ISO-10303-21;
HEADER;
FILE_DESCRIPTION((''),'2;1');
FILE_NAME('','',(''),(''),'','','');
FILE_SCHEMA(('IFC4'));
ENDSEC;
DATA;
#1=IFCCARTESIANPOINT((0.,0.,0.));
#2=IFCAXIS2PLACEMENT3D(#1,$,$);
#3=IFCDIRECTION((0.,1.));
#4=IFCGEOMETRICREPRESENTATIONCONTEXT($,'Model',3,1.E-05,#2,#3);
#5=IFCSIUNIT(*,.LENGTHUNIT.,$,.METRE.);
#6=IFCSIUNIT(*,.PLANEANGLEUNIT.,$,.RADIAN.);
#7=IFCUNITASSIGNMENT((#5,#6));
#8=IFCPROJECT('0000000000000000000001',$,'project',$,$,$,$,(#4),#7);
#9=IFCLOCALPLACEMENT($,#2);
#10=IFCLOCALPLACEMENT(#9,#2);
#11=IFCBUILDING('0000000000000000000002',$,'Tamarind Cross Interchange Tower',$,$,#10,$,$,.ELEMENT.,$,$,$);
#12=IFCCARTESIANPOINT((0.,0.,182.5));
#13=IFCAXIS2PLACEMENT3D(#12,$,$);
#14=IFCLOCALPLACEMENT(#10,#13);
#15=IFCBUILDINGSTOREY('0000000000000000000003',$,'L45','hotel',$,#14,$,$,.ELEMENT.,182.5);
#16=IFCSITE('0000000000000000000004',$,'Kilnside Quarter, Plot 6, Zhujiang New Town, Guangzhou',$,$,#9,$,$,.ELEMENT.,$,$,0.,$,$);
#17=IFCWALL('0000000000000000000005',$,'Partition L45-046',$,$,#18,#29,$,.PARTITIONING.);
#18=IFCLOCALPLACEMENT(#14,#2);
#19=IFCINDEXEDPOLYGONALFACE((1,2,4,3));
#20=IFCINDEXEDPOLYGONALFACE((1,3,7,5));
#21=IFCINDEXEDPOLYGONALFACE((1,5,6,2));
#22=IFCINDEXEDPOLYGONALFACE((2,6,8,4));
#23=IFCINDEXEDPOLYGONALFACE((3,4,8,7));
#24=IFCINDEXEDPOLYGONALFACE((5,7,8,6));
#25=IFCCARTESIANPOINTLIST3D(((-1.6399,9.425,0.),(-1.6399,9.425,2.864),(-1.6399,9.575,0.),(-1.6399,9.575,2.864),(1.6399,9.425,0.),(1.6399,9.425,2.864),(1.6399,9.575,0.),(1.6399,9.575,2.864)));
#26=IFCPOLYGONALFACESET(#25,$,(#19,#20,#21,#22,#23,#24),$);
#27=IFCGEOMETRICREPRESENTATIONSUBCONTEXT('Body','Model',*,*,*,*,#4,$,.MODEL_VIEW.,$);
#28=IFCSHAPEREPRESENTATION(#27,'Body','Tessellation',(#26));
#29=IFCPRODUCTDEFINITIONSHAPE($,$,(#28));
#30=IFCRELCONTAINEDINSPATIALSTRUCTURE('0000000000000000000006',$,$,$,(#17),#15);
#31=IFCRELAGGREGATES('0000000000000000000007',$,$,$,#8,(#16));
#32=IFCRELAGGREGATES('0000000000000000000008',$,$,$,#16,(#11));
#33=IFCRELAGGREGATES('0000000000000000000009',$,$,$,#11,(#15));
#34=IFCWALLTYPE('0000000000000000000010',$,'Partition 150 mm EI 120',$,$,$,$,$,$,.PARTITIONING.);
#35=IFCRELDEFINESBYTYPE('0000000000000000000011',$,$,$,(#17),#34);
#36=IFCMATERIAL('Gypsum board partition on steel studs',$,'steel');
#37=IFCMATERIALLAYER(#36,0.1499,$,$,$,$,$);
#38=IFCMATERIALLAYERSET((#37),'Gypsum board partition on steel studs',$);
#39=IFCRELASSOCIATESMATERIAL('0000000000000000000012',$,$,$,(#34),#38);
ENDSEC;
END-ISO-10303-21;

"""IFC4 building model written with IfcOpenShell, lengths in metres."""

from ifc_helpers import new_model, si_unit, direction, frame, frame_2d, origin, place, context, subcontext, project, spatial, rectangle, extrude, material, layer, layer_set, type_object, element, save


model = new_model("IFC4")

# Units and contexts
model_context = context("Model", 3, precision=1e-05, world=origin(), true_north=direction((0.0, 1.0)))
body_context = subcontext(model_context, "Body", "Model", "MODEL_VIEW")
ifc_project = project(units=[si_unit("LENGTHUNIT", "METRE"), si_unit("PLANEANGLEUNIT", "RADIAN")], contexts=[model_context])

# Site, building, storey
site_placement = place(None, origin())
site = spatial("IfcSite", under=ifc_project, at=site_placement, Name="Kilnside Quarter, Plot 6, Zhujiang New Town, Guangzhou", CompositionType="ELEMENT", RefElevation=0.0)
building_placement = place(site_placement, origin())
building = spatial("IfcBuilding", under=site, at=building_placement, Name="Tamarind Cross Interchange Tower", CompositionType="ELEMENT")
storey_placement = place(building_placement, frame((0.0, 0.0, 182.5)))
storey = spatial("IfcBuildingStorey", under=building, at=storey_placement, Name="L45", Description="hotel", CompositionType="ELEMENT", Elevation=182.5)

# Wall
ifc_material_1 = material(Name="Gypsum board partition on steel studs", Category="steel")
ifc_layer_1 = layer(ifc_material_1, 0.1499)
ifc_layer_set_1 = layer_set([ifc_layer_1], Name="Gypsum board partition on steel studs")
wall_type_1 = type_object("IfcWallType", Name="Partition 150 mm EI 120", PredefinedType="PARTITIONING", material=ifc_layer_set_1)
wall_1_placement = place(storey_placement, frame((-1.6399, 9.5, 0.0), z_axis=(0.0, 0.0, 1.0), x_axis=(1.0, 0.0, 0.0)))
element("IfcWall", 1, at=wall_1_placement, inside=storey, type_object=wall_type_1, Name="Partition L45-046", PredefinedType="PARTITIONING", context=body_context, shape_type="SweptSolid", body=[
    extrude(rectangle(XDim=3.2798, YDim=0.1499, at=frame_2d((1.6399, 0.0))), origin(), (0.0, 0.0, 1.0), 2.864),
])

save(model, "model.ifc")
